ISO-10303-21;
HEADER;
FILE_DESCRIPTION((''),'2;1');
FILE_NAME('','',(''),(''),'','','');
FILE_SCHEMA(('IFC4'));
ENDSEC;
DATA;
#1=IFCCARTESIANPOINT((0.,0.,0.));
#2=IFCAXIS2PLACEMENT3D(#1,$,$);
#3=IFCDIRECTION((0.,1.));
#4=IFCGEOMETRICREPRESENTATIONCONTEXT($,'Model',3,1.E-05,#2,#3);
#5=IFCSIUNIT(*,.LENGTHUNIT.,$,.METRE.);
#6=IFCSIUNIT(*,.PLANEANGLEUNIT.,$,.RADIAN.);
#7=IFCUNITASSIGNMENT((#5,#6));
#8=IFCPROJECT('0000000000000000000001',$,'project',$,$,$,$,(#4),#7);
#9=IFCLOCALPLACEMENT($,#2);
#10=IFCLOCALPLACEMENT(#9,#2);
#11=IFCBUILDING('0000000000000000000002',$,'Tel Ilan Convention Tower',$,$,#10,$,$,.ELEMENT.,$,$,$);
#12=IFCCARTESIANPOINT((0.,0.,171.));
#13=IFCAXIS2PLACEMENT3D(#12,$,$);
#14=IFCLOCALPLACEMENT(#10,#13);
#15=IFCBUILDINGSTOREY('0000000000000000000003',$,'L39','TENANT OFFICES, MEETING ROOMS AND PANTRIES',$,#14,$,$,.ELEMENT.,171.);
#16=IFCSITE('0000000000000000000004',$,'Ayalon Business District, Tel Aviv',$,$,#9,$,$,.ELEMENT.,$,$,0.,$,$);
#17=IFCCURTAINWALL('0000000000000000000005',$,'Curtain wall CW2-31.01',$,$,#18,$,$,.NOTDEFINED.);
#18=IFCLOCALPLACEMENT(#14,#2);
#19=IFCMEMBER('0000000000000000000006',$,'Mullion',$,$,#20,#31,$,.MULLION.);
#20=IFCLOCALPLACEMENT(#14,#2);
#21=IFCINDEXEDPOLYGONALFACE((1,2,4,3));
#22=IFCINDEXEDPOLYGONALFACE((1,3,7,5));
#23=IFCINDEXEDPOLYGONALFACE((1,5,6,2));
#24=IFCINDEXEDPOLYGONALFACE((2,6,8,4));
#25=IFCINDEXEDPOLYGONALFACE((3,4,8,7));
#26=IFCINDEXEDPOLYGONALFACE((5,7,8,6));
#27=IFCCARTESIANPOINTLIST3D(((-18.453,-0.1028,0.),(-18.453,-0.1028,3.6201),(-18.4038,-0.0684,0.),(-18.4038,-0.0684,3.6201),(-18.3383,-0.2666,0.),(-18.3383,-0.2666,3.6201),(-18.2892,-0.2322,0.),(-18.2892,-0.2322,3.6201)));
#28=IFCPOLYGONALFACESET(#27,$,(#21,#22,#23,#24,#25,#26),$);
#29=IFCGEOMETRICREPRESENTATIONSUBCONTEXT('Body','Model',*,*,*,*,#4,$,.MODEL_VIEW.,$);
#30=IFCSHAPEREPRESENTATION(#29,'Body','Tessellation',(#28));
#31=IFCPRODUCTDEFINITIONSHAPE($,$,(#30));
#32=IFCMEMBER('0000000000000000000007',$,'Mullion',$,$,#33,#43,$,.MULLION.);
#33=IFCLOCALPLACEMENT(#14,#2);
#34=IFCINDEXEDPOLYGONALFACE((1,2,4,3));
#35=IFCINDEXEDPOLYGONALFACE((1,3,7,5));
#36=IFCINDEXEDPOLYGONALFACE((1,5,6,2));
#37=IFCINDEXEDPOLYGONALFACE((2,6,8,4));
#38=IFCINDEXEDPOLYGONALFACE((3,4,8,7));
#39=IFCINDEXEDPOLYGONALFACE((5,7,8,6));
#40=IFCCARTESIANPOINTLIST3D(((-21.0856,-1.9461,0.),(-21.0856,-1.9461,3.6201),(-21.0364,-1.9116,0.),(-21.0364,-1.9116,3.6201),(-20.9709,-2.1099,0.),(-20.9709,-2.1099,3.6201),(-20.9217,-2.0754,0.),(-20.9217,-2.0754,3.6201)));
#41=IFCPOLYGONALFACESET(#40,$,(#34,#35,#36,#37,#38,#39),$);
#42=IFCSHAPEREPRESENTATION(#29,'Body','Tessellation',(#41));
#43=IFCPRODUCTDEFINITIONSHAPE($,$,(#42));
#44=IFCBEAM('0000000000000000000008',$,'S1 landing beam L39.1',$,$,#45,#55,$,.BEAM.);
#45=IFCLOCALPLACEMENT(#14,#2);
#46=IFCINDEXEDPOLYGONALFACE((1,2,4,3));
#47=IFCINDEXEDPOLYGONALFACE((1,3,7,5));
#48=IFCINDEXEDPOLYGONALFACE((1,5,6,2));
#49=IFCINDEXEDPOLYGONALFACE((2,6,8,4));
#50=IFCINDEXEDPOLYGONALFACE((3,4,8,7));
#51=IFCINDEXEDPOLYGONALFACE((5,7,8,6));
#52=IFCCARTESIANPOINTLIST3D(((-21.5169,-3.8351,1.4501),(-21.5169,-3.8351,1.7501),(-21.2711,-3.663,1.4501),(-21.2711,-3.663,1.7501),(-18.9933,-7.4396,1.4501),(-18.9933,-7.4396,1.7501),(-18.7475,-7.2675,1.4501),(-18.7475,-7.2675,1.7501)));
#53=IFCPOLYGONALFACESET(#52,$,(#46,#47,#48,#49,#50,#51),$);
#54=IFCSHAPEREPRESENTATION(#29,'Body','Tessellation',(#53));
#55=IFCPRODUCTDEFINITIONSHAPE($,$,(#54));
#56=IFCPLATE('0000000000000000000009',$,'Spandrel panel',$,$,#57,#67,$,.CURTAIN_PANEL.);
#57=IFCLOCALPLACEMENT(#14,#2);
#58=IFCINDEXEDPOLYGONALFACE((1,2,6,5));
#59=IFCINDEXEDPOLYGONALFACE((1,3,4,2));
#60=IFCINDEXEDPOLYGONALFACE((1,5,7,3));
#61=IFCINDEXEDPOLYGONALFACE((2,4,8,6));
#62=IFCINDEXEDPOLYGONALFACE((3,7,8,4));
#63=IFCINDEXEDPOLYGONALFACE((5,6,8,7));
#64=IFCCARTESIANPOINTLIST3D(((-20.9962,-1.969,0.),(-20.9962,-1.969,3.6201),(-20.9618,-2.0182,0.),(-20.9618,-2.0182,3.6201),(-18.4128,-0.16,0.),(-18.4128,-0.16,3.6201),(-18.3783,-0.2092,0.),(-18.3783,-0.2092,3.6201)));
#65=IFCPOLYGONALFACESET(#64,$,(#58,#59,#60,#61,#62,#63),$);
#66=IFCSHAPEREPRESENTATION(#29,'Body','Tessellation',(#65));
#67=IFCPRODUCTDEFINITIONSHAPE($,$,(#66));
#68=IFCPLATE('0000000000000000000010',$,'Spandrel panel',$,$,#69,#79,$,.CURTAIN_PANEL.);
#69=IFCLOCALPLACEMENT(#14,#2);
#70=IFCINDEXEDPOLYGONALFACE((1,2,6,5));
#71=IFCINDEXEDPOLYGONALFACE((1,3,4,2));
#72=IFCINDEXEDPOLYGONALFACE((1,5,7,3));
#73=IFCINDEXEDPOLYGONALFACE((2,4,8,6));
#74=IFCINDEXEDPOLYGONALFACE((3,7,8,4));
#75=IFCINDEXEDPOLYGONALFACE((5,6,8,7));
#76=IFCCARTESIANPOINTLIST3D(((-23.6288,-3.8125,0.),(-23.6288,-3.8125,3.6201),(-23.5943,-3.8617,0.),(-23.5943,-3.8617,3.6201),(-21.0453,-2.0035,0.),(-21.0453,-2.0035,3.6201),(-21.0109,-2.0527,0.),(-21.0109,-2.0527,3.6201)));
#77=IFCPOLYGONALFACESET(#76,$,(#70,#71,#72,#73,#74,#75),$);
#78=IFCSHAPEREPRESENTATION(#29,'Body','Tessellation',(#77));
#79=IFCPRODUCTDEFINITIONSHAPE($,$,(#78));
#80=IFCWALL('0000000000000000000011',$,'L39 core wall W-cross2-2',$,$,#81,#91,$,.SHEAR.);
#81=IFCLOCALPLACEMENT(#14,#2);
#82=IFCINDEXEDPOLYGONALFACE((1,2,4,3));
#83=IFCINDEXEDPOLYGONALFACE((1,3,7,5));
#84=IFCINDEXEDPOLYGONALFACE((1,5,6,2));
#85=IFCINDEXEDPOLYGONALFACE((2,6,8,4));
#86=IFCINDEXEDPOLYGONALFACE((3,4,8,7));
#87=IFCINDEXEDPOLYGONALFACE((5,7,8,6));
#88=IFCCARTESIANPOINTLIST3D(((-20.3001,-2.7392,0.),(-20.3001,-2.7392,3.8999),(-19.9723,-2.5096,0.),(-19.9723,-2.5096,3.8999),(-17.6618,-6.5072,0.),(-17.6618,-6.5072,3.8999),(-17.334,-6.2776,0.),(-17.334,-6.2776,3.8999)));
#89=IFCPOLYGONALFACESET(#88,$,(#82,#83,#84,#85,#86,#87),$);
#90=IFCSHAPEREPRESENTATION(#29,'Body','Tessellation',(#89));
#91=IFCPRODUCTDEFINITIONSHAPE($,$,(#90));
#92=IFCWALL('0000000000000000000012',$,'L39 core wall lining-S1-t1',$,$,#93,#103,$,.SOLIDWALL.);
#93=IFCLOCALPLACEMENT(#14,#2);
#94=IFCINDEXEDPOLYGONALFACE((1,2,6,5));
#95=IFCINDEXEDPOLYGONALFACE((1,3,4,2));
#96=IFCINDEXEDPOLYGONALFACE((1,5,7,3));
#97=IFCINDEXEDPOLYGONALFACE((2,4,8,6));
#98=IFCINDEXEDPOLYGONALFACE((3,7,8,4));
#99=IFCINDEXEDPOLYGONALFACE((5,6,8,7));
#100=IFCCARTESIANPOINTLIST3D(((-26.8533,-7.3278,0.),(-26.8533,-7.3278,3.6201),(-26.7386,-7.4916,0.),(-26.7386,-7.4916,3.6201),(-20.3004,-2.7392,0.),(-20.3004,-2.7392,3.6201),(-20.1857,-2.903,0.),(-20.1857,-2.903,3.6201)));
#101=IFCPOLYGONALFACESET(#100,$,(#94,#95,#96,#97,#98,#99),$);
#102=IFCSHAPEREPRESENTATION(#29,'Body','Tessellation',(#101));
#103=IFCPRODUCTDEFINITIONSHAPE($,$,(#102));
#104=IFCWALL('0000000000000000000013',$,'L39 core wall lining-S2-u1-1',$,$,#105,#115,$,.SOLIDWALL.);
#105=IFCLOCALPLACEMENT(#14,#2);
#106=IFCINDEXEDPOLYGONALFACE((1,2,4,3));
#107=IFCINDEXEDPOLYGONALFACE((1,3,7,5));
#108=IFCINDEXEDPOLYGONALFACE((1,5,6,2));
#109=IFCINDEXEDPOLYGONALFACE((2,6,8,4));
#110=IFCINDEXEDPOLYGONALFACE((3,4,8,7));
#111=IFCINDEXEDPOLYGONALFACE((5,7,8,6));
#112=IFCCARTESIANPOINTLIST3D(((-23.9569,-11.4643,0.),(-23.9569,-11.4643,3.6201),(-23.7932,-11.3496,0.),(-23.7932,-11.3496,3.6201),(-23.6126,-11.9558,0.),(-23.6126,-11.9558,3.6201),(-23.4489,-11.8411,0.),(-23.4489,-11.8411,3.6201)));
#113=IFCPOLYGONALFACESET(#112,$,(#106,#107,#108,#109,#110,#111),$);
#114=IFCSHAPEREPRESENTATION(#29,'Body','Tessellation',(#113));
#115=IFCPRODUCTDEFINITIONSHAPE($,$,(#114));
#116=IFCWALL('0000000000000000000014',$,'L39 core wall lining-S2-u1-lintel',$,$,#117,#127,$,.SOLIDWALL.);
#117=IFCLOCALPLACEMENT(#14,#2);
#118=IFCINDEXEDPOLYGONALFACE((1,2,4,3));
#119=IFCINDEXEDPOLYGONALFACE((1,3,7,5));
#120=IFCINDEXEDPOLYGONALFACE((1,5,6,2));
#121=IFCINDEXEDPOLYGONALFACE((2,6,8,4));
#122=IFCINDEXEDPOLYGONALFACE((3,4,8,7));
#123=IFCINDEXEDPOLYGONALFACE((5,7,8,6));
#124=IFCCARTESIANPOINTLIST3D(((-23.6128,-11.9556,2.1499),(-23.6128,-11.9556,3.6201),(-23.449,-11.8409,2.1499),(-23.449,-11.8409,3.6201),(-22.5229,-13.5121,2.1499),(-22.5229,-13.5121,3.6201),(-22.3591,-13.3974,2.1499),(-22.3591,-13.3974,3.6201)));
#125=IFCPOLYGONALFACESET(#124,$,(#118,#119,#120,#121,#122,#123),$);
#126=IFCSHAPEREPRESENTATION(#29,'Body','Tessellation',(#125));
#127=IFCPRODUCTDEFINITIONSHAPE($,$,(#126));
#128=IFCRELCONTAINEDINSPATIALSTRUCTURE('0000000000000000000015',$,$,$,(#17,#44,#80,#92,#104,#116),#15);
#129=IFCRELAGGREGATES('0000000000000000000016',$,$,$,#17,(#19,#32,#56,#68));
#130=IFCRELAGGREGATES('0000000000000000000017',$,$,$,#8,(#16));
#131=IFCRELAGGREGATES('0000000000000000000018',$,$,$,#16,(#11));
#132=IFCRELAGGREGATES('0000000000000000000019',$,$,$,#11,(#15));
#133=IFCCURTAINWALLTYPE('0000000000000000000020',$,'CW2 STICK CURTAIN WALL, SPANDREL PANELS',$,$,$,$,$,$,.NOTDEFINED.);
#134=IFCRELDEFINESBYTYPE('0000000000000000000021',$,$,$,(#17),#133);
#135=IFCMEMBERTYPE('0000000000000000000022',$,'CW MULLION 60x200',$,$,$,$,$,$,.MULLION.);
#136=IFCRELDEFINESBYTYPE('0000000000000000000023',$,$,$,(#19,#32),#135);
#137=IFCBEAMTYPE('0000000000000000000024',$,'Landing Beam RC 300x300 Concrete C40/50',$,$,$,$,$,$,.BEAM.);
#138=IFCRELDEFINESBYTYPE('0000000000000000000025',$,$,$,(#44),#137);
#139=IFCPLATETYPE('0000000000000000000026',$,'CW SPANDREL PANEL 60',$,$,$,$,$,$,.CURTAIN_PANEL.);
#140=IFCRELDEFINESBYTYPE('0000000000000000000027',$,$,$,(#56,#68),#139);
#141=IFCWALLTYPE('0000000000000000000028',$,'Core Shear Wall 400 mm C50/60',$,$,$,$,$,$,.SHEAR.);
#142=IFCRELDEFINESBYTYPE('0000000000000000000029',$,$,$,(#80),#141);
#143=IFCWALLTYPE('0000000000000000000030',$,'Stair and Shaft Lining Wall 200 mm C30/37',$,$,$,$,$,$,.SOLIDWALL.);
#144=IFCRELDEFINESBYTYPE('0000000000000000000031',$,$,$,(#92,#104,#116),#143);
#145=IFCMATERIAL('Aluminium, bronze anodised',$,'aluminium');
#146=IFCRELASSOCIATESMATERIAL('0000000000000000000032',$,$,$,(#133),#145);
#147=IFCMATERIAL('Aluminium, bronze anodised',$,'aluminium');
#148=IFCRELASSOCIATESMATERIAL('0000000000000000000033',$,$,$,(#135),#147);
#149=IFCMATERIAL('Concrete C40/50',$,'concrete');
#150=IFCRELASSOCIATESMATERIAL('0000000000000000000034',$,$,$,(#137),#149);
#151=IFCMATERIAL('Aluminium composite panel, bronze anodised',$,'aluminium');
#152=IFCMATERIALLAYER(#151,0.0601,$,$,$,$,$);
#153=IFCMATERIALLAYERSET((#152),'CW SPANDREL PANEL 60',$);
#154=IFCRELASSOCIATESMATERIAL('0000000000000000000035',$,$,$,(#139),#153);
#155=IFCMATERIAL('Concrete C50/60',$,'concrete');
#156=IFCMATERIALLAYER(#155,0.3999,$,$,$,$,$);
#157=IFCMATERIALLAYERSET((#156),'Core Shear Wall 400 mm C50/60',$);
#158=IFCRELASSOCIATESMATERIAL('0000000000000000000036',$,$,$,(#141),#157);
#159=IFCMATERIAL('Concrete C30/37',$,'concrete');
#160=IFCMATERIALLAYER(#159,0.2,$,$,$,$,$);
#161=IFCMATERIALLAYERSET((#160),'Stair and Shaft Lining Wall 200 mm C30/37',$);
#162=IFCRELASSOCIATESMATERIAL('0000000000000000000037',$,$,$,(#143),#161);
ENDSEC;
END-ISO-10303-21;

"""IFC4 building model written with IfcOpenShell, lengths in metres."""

from ifc_helpers import new_model, si_unit, direction, frame, frame_2d, origin, origin_2d, place, context, subcontext, project, spatial, polyline, rectangle, outline, extrude, material, layer, layer_set, material_profile, profile_set, type_object, element, aggregate, save


model = new_model("IFC4")

# Units and contexts
model_context = context("Model", 3, precision=1e-05, world=origin(), true_north=direction((0.0, 1.0)))
body_context = subcontext(model_context, "Body", "Model", "MODEL_VIEW")
ifc_project = project(units=[si_unit("LENGTHUNIT", "METRE"), si_unit("PLANEANGLEUNIT", "RADIAN")], contexts=[model_context])

# Site, building, storey
site_placement = place(None, origin())
site = spatial("IfcSite", under=ifc_project, at=site_placement, Name="Ayalon Business District, Tel Aviv", CompositionType="ELEMENT", RefElevation=0.0)
building_placement = place(site_placement, origin())
building = spatial("IfcBuilding", under=site, at=building_placement, Name="Tel Ilan Convention Tower", CompositionType="ELEMENT")
storey_placement = place(building_placement, frame((0.0, 0.0, 171.0)))
storey = spatial("IfcBuildingStorey", under=building, at=storey_placement, Name="L39", Description="TENANT OFFICES, MEETING ROOMS AND PANTRIES", CompositionType="ELEMENT", Elevation=171.0)

# Curtain wall, members
ifc_material_1 = material(Name="Aluminium, bronze anodised", Category="aluminium")
curtain_wall_type = type_object("IfcCurtainWallType", Name="CW2 STICK CURTAIN WALL, SPANDREL PANELS", PredefinedType="NOTDEFINED", material=ifc_material_1)
curtain_wall_placement = place(storey_placement, origin())
curtain_wall = element("IfcCurtainWall", 1, at=curtain_wall_placement, inside=storey, type_object=curtain_wall_type, Name="Curtain wall CW2-31.01", PredefinedType="NOTDEFINED")
ifc_material_2 = material(Name="Aluminium, bronze anodised", Category="aluminium")
ifc_material_profile_1 = material_profile(ifc_material_2, rectangle(XDim=0.0601, YDim=0.2, at=origin_2d()), Name="CW MULLION 60x200")
ifc_profile_set_1 = profile_set([ifc_material_profile_1], Name="Aluminium, bronze anodised")
member_type = type_object("IfcMemberType", Name="CW MULLION 60x200", PredefinedType="MULLION", material=ifc_profile_set_1)
member_1_placement = place(storey_placement, frame((-18.3711, -0.1675, 0.0), z_axis=(0.0, 0.0, 1.0), x_axis=(-0.819152, -0.573576, 0.0)))
member_1 = element("IfcMember", 2, at=member_1_placement, type_object=member_type, Name="Mullion", PredefinedType="MULLION", context=body_context, shape_type="SweptSolid", body=[
    extrude(rectangle(XDim=0.0601, YDim=0.2, at=origin_2d()), origin(), (0.0, 0.0, 1.0), 3.6201),
])
member_2_placement = place(storey_placement, frame((-21.0037, -2.0107, 0.0), z_axis=(0.0, 0.0, 1.0), x_axis=(-0.819152, -0.573576, 0.0)))
member_2 = element("IfcMember", 3, at=member_2_placement, type_object=member_type, Name="Mullion", PredefinedType="MULLION", context=body_context, shape_type="SweptSolid", body=[
    extrude(rectangle(XDim=0.0601, YDim=0.2, at=origin_2d()), origin(), (0.0, 0.0, 1.0), 3.6201),
])

# Beam
ifc_material_3 = material(Name="Concrete C40/50", Category="concrete")
ifc_material_profile_2 = material_profile(ifc_material_3, rectangle(XDim=0.3, YDim=0.3, at=origin_2d()), Name="RC 300x300")
ifc_profile_set_2 = profile_set([ifc_material_profile_2], Name="Concrete C40/50")
beam_type = type_object("IfcBeamType", Name="Landing Beam RC 300x300 Concrete C40/50", PredefinedType="BEAM", material=ifc_profile_set_2)
beam_placement = place(storey_placement, frame((-18.8704, -7.3535, 1.6001), z_axis=(-0.573544, 0.819175, 0.0), x_axis=(-0.819175, -0.573544, 0.0)))
element("IfcBeam", 4, at=beam_placement, inside=storey, type_object=beam_type, Name="S1 landing beam L39.1", PredefinedType="BEAM", context=body_context, shape_type="SweptSolid", body=[
    extrude(rectangle(XDim=0.3, YDim=0.3, at=origin_2d()), origin(), (0.0, 0.0, 1.0), 4.4001),
])

# Plates
ifc_material_4 = material(Name="Aluminium composite panel, bronze anodised", Category="aluminium")
ifc_layer_1 = layer(ifc_material_4, 0.0601)
ifc_layer_set_1 = layer_set([ifc_layer_1], Name="CW SPANDREL PANEL 60")
plate_type = type_object("IfcPlateType", Name="CW SPANDREL PANEL 60", PredefinedType="CURTAIN_PANEL", material=ifc_layer_set_1)
plate_1_placement = place(storey_placement, frame((-19.6873, -1.0891, 0.0), z_axis=(0.0, 0.0, 1.0), x_axis=(-0.819152, -0.573576, 0.0)))
plate_1 = element("IfcPlate", 5, at=plate_1_placement, type_object=plate_type, Name="Spandrel panel", PredefinedType="CURTAIN_PANEL", context=body_context, shape_type="SweptSolid", body=[
    extrude(rectangle(XDim=3.1538, YDim=0.0601, at=origin_2d()), origin(), (0.0, 0.0, 1.0), 3.6201),
])
plate_2_placement = place(storey_placement, frame((-22.3198, -2.9326, 0.0), z_axis=(0.0, 0.0, 1.0), x_axis=(-0.819152, -0.573576, 0.0)))
plate_2 = element("IfcPlate", 6, at=plate_2_placement, type_object=plate_type, Name="Spandrel panel", PredefinedType="CURTAIN_PANEL", context=body_context, shape_type="SweptSolid", body=[
    extrude(rectangle(XDim=3.1538, YDim=0.0601, at=origin_2d()), origin(), (0.0, 0.0, 1.0), 3.6201),
])
aggregate(curtain_wall, [member_1, member_2, plate_1, plate_2])

# Walls
ifc_material_5 = material(Name="Concrete C50/60", Category="concrete")
ifc_layer_2 = layer(ifc_material_5, 0.3999)
ifc_layer_set_2 = layer_set([ifc_layer_2], Name="Core Shear Wall 400 mm C50/60")
wall_type_1 = type_object("IfcWallType", Name="Core Shear Wall 400 mm C50/60", PredefinedType="SHEAR", material=ifc_layer_set_2)
wall_1_placement = place(storey_placement, frame((-17.4978, -6.3923, 0.0), z_axis=(0.0, 0.0, 1.0), x_axis=(-0.573612, 0.819127, 0.0)))
element("IfcWall", 7, at=wall_1_placement, inside=storey, type_object=wall_type_1, Name="L39 core wall W-cross2-2", PredefinedType="SHEAR", context=body_context, shape_type="SweptSolid", body=[
    extrude(outline(polyline([(4.5999, -0.2002), (4.5999, 0.2), (0.0, 0.2002), (0.0, -0.2), (4.5999, -0.2002)])), origin(), (0.0, 0.0, 1.0), 3.8999),
])
ifc_material_6 = material(Name="Concrete C30/37", Category="concrete")
ifc_layer_3 = layer(ifc_material_6, 0.2)
ifc_layer_set_3 = layer_set([ifc_layer_3], Name="Stair and Shaft Lining Wall 200 mm C30/37")
wall_type_2 = type_object("IfcWallType", Name="Stair and Shaft Lining Wall 200 mm C30/37", PredefinedType="SOLIDWALL", material=ifc_layer_set_3)
wall_2_placement = place(storey_placement, frame((-20.2429, -2.821, 0.0), z_axis=(0.0, 0.0, 1.0), x_axis=(-0.819142, -0.573591, 0.0)))
element("IfcWall", 8, at=wall_2_placement, inside=storey, type_object=wall_type_2, Name="L39 core wall lining-S1-t1", PredefinedType="SOLIDWALL", context=body_context, shape_type="SweptSolid", body=[
    extrude(rectangle(XDim=7.9998, YDim=0.2, at=frame_2d((4.0, 0.0))), origin(), (0.0, 0.0, 1.0), 3.6201),
])
wall_3_placement = place(storey_placement, frame((-23.5308, -11.8984, 0.0), z_axis=(0.0, 0.0, 1.0), x_axis=(-0.573708, 0.81906, 0.0)))
element("IfcWall", 9, at=wall_3_placement, inside=storey, type_object=wall_type_2, Name="L39 core wall lining-S2-u1-1", PredefinedType="SOLIDWALL", context=body_context, shape_type="SweptSolid", body=[
    extrude(rectangle(XDim=0.6001, YDim=0.2, at=frame_2d((0.3, 0.0))), origin(), (0.0, 0.0, 1.0), 3.6201),
])
wall_4_placement = place(storey_placement, frame((-22.4409, -13.4548, 2.1499), z_axis=(0.0, 0.0, 1.0), x_axis=(-0.573592, 0.819141, 0.0)))
element("IfcWall", 10, at=wall_4_placement, inside=storey, type_object=wall_type_2, Name="L39 core wall lining-S2-u1-lintel", PredefinedType="SOLIDWALL", context=body_context, shape_type="SweptSolid", body=[
    extrude(rectangle(XDim=1.9001, YDim=0.2, at=frame_2d((0.9502, 0.0))), origin(), (0.0, 0.0, 1.0), 1.4702),
])

save(model, "model.ifc")
